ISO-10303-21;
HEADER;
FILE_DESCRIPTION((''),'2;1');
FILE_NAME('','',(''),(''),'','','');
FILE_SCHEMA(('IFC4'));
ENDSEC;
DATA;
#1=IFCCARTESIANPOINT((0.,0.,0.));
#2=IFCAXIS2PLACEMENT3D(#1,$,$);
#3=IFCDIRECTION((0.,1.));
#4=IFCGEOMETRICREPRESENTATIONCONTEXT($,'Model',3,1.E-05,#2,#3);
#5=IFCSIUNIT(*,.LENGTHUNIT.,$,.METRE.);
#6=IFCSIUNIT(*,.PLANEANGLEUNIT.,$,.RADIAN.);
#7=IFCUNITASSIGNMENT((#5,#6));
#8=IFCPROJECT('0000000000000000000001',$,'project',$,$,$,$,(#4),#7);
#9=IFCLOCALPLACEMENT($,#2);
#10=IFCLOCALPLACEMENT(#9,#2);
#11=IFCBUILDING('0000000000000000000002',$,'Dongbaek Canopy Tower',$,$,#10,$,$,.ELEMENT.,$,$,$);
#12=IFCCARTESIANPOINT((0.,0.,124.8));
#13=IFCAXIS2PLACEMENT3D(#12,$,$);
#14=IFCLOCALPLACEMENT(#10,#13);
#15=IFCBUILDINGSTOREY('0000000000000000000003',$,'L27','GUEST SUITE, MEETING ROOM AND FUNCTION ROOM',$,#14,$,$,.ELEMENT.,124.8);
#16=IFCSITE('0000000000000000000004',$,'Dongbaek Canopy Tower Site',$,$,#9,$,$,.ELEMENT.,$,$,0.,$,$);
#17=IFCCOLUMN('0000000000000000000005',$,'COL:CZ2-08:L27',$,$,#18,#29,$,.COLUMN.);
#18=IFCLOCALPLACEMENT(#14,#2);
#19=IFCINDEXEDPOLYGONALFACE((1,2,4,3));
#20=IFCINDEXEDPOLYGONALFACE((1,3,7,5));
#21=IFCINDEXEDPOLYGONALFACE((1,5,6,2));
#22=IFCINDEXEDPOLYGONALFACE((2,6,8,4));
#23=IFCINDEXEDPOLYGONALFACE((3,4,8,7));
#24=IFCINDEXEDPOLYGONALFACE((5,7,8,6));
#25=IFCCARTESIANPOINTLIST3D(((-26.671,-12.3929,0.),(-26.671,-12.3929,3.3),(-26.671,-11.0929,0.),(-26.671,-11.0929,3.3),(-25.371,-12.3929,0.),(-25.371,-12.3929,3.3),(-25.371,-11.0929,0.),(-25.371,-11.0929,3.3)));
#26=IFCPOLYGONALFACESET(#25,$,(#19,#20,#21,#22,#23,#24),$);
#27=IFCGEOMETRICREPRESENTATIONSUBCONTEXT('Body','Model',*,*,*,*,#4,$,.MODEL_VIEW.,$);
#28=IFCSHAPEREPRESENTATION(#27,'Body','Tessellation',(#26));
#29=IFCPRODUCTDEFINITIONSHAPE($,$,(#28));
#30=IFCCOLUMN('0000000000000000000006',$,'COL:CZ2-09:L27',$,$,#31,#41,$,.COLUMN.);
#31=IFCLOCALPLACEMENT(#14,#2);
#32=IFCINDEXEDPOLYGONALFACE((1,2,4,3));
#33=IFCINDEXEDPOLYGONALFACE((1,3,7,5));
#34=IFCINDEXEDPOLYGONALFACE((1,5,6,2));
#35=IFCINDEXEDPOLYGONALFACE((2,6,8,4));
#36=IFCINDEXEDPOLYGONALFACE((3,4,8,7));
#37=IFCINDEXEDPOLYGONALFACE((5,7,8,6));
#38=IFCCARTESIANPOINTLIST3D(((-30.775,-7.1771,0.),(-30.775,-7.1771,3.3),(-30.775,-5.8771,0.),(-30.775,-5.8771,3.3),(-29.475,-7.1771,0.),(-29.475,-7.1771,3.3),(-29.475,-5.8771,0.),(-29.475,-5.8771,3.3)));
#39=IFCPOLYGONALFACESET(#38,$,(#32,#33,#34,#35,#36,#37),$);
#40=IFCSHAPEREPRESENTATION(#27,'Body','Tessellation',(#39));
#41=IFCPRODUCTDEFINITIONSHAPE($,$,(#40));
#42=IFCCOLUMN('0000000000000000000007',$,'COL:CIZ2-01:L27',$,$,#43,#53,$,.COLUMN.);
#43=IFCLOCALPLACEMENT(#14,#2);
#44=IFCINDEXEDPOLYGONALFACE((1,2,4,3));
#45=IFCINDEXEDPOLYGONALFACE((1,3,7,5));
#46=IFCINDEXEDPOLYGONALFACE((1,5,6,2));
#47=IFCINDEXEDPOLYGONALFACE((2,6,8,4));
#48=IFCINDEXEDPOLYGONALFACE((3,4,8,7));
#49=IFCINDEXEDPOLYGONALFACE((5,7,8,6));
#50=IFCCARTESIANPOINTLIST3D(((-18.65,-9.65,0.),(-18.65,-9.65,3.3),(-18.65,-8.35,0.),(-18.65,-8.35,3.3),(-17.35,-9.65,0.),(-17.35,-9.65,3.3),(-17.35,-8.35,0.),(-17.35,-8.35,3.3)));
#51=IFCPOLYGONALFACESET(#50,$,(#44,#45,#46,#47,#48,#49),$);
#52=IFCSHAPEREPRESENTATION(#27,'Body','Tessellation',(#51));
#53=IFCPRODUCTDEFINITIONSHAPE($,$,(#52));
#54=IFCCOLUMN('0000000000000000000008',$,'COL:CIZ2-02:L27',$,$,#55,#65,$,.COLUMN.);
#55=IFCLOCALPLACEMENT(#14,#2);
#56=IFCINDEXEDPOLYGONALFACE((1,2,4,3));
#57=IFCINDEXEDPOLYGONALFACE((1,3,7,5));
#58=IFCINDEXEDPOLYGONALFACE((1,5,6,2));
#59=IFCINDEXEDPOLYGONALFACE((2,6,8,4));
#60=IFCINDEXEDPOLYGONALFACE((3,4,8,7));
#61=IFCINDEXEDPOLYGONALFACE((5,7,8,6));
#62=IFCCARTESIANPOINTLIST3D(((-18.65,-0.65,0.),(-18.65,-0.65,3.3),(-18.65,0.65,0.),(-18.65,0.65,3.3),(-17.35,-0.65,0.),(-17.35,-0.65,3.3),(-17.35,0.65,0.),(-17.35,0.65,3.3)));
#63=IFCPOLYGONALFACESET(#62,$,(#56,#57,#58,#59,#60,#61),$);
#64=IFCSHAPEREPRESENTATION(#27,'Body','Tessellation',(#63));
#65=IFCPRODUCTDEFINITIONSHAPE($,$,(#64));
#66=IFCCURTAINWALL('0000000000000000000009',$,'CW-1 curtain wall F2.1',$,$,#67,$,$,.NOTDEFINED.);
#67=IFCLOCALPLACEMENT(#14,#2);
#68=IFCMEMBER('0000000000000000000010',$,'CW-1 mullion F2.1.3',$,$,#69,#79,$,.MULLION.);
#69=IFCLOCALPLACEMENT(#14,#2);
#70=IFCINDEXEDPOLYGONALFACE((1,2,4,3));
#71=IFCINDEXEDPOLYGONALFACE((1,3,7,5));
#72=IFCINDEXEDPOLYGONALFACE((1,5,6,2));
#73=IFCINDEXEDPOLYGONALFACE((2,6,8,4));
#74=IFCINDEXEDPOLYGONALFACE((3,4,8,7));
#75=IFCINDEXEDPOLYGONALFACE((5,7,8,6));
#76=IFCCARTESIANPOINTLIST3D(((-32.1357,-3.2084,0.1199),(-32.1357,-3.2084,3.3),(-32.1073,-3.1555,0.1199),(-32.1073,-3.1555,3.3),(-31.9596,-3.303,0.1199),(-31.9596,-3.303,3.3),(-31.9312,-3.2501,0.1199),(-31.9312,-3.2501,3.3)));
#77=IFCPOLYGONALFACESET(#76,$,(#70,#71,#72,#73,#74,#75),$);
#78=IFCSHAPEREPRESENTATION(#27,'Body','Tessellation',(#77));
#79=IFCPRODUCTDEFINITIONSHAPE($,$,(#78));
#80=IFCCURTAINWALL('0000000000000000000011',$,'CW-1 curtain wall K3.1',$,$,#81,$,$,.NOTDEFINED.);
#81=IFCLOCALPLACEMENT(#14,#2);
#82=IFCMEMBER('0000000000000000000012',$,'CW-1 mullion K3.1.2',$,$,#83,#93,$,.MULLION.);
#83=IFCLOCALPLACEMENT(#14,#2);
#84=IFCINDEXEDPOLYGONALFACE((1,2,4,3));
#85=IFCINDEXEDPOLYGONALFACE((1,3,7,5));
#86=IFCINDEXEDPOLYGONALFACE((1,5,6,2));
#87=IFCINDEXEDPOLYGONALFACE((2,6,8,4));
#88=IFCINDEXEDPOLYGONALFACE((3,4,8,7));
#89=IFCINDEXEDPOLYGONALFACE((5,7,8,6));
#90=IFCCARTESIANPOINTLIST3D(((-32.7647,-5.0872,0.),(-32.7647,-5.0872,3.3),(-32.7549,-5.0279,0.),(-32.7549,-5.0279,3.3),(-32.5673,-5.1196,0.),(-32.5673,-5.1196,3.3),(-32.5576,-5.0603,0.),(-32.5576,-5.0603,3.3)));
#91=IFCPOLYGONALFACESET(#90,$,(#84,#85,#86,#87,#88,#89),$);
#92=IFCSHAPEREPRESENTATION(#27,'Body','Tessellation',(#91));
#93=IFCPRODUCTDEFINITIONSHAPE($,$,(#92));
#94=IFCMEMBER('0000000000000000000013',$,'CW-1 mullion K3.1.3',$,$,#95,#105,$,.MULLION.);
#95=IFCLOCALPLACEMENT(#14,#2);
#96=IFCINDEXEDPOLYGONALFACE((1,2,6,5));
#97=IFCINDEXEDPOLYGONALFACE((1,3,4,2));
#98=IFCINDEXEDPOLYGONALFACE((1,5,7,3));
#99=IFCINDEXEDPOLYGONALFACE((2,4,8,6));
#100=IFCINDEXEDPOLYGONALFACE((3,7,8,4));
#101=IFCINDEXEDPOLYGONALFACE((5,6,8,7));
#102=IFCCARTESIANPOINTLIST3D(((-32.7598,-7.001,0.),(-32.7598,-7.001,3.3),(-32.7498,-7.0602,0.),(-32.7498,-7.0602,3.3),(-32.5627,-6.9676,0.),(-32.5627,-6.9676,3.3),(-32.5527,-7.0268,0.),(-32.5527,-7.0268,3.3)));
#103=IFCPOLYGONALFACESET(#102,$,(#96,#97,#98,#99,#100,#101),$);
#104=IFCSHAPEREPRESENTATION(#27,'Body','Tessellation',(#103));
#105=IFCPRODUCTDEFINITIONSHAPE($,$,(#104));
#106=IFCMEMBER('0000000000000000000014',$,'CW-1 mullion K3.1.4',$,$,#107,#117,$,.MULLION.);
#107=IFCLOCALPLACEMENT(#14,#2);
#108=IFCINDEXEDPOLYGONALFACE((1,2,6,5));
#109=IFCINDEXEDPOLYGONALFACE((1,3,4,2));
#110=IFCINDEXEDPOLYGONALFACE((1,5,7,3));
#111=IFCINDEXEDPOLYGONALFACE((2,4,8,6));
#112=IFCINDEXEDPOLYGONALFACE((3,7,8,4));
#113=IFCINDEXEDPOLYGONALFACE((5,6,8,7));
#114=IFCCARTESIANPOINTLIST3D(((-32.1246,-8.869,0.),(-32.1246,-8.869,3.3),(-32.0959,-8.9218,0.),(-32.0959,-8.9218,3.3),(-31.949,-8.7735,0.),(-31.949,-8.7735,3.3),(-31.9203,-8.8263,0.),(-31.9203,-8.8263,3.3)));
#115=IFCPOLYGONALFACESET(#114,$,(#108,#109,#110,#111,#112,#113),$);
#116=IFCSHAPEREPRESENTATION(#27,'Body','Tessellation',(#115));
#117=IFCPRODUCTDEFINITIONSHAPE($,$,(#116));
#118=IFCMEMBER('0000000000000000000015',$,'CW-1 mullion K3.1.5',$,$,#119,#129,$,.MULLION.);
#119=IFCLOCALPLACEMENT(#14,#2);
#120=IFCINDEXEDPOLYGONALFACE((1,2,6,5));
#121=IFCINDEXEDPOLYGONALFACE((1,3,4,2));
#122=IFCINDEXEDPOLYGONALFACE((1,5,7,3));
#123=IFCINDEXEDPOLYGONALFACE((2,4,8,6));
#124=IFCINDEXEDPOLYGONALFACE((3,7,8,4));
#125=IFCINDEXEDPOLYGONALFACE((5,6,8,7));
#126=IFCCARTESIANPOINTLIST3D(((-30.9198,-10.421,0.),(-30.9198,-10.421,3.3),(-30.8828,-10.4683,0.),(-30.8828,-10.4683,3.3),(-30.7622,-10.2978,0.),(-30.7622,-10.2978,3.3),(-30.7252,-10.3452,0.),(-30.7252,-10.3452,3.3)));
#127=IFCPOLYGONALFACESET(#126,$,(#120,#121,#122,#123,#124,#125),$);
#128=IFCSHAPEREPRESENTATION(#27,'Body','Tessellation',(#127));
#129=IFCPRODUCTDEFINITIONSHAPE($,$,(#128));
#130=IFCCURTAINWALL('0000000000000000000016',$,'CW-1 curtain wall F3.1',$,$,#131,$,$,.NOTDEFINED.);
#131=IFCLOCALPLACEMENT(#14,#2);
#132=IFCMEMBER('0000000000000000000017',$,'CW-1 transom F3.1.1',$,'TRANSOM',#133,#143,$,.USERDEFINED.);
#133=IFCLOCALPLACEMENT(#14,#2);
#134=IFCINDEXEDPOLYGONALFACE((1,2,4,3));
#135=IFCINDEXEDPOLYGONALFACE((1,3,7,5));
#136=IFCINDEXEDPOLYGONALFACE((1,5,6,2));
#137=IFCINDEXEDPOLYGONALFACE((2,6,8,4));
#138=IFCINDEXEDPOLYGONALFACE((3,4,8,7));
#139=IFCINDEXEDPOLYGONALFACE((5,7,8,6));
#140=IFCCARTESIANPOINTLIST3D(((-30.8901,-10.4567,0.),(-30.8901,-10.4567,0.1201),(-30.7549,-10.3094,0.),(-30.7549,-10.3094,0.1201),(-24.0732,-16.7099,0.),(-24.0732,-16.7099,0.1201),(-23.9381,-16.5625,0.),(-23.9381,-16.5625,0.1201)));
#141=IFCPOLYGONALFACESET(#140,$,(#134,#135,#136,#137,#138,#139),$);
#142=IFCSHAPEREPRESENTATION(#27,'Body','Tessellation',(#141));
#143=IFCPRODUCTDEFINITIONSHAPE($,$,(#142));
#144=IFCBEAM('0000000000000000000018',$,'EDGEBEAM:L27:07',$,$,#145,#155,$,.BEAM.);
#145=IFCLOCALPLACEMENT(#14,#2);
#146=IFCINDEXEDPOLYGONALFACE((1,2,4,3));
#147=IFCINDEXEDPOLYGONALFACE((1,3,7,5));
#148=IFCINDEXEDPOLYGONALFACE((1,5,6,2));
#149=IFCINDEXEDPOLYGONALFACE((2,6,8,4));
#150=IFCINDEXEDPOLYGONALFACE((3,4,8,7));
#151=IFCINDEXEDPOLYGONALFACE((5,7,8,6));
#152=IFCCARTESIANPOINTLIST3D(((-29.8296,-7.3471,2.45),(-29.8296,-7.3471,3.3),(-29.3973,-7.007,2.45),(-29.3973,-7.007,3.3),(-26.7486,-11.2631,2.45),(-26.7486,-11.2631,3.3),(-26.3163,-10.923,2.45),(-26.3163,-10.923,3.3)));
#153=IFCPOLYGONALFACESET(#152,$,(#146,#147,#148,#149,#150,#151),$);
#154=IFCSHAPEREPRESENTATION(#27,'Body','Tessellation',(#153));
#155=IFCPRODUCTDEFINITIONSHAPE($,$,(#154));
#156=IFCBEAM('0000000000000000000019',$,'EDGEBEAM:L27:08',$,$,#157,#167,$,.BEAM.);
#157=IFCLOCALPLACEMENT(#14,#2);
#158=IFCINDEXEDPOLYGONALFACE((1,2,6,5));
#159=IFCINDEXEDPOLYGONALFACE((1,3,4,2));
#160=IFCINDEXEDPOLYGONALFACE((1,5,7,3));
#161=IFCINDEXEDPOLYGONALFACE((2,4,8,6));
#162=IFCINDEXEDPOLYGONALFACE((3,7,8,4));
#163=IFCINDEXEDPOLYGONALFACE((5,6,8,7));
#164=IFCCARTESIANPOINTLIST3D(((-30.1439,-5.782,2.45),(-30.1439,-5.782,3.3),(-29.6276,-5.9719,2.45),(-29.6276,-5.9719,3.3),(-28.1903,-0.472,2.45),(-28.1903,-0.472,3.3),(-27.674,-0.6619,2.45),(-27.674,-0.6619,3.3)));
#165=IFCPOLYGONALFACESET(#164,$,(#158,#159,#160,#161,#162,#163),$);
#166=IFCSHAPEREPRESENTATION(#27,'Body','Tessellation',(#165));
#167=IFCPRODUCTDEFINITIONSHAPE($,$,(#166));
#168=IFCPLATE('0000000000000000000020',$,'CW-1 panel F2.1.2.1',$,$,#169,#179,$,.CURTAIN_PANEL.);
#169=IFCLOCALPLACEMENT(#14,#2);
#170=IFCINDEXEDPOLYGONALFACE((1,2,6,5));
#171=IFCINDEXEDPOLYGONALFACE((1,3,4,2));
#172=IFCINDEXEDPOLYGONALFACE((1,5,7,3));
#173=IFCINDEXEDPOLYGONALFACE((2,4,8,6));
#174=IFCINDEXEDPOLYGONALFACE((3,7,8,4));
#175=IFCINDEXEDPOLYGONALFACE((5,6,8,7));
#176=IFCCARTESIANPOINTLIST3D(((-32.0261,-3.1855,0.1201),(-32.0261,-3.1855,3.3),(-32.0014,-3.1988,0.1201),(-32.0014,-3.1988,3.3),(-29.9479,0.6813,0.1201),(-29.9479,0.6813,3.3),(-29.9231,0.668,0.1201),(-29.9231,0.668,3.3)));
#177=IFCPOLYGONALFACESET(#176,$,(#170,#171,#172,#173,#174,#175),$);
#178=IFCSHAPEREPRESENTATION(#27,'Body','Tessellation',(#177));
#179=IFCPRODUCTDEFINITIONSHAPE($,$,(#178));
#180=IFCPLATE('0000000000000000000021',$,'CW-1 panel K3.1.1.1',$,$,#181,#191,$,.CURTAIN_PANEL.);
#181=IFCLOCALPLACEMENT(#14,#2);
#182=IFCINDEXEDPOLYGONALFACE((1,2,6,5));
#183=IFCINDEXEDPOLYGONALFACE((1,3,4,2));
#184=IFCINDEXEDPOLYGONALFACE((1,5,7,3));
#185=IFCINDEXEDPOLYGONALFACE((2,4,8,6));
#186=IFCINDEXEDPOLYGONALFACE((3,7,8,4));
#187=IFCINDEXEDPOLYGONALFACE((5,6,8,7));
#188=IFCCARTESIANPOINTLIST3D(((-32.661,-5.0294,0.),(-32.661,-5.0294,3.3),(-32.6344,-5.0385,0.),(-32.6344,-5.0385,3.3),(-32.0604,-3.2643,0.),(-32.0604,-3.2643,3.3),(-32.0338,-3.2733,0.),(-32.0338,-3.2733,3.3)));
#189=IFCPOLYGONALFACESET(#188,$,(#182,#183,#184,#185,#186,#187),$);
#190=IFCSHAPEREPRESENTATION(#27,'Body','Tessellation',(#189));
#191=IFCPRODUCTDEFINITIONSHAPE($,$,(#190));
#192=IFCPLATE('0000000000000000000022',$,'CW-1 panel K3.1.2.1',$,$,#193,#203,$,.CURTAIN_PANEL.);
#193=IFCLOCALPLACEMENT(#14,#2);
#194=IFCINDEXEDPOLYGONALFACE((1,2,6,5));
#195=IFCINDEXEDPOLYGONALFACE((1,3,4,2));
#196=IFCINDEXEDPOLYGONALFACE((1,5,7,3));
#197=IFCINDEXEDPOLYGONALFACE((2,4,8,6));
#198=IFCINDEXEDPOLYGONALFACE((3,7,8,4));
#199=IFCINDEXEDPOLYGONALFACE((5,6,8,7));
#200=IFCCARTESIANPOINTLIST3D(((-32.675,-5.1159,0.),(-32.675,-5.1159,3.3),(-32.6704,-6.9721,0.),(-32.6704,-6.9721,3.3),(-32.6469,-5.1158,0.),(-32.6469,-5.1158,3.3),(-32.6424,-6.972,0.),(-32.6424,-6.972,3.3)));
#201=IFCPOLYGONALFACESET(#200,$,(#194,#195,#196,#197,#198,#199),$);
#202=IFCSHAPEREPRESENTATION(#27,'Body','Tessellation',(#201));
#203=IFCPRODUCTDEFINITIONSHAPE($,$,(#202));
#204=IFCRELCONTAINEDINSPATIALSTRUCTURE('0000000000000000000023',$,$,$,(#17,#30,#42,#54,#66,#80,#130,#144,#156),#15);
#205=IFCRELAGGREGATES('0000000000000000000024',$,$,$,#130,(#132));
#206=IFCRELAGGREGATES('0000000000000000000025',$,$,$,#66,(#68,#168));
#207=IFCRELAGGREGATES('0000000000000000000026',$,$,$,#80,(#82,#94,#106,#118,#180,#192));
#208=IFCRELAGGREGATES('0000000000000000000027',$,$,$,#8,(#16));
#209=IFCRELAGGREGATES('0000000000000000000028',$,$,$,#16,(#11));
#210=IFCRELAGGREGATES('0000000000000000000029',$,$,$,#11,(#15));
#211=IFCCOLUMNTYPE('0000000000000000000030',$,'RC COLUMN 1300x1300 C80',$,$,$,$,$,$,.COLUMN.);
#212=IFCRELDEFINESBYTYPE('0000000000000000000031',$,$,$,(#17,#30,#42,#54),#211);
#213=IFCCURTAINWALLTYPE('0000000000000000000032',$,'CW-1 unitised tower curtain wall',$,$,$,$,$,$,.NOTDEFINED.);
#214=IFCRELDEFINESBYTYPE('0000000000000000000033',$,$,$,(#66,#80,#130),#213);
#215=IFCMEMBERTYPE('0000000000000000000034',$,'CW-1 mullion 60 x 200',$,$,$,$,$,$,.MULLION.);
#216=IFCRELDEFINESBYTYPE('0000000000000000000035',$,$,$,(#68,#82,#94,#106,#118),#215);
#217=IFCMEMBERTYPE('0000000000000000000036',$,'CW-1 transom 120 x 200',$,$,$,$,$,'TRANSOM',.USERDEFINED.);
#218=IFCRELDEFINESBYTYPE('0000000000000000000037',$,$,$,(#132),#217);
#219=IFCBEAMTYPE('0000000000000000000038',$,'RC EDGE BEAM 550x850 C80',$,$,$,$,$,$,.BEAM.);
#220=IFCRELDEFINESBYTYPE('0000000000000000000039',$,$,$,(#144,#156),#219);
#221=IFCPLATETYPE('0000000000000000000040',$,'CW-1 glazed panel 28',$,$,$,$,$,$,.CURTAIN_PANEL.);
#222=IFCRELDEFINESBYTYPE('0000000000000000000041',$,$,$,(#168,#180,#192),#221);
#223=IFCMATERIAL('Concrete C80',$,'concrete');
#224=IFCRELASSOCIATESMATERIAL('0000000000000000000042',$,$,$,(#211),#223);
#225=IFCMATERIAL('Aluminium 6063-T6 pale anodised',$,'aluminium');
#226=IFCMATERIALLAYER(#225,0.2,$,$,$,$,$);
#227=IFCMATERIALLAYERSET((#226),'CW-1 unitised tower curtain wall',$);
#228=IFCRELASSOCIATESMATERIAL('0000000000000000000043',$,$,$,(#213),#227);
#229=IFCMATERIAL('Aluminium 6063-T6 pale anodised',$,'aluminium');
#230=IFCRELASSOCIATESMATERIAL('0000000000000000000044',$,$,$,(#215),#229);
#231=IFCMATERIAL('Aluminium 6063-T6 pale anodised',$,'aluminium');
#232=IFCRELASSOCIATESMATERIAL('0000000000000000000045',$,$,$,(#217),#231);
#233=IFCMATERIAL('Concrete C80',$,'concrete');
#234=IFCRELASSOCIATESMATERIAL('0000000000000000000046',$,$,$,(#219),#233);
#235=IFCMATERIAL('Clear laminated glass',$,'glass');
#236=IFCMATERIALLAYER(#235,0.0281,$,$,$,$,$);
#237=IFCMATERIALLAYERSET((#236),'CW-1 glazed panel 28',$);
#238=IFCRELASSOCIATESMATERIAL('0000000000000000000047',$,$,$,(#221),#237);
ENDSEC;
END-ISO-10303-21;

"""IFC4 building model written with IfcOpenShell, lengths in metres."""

from ifc_helpers import new_model, si_unit, direction, frame, origin, origin_2d, place, context, subcontext, project, spatial, rectangle, extrude, material, layer, layer_set, material_profile, profile_set, type_object, element, aggregate, save


model = new_model("IFC4")

# Units and contexts
model_context = context("Model", 3, precision=1e-05, world=origin(), true_north=direction((0.0, 1.0)))
body_context = subcontext(model_context, "Body", "Model", "MODEL_VIEW")
ifc_project = project(units=[si_unit("LENGTHUNIT", "METRE"), si_unit("PLANEANGLEUNIT", "RADIAN")], contexts=[model_context])

# Site, building, storey
site_placement = place(None, origin())
site = spatial("IfcSite", under=ifc_project, at=site_placement, Name="Dongbaek Canopy Tower Site", CompositionType="ELEMENT", RefElevation=0.0)
building_placement = place(site_placement, origin())
building = spatial("IfcBuilding", under=site, at=building_placement, Name="Dongbaek Canopy Tower", CompositionType="ELEMENT")
storey_placement = place(building_placement, frame((0.0, 0.0, 124.8)))
storey = spatial("IfcBuildingStorey", under=building, at=storey_placement, Name="L27", Description="GUEST SUITE, MEETING ROOM AND FUNCTION ROOM", CompositionType="ELEMENT", Elevation=124.8)

# Columns
ifc_material_1 = material(Name="Concrete C80", Category="concrete")
ifc_material_profile_1 = material_profile(ifc_material_1, rectangle(XDim=1.3, YDim=1.3, at=origin_2d()), Name="RC COLUMN 1300x1300 C80")
ifc_profile_set_1 = profile_set([ifc_material_profile_1], Name="Concrete C80")
column_type = type_object("IfcColumnType", Name="RC COLUMN 1300x1300 C80", PredefinedType="COLUMN", material=ifc_profile_set_1)
for number, where, z_axis, x_axis, name in (
    (1, (-26.021, -11.7429, 0.0), (0.0, 0.0, 1.0), (1.0, 0.0, 0.0), "COL:CZ2-08:L27"),
    (2, (-30.125, -6.5271, 0.0), (0.0, 0.0, 1.0), (1.0, 0.0, 0.0), "COL:CZ2-09:L27"),
    (3, (-18.0, -9.0, 0.0), (0.0, 0.0, 1.0), (1.0, 0.0, 0.0), "COL:CIZ2-01:L27"),
    (4, (-18.0, 0.0, 0.0), (0.0, 0.0, 1.0), (1.0, 0.0, 0.0), "COL:CIZ2-02:L27"),
):
    element("IfcColumn", number, at=place(storey_placement, frame(where, z_axis=z_axis, x_axis=x_axis)), inside=storey, type_object=column_type, Name=name, PredefinedType="COLUMN", context=body_context, shape_type="SweptSolid", body=[
        extrude(rectangle(XDim=1.3, YDim=1.3, at=origin_2d()), origin(), (0.0, 0.0, 1.0), 3.3),
    ])

# Curtain wall, member
ifc_material_2 = material(Name="Aluminium 6063-T6 pale anodised", Category="aluminium")
ifc_layer_1 = layer(ifc_material_2, 0.2)
ifc_layer_set_1 = layer_set([ifc_layer_1], Name="CW-1 unitised tower curtain wall")
curtain_wall_type = type_object("IfcCurtainWallType", Name="CW-1 unitised tower curtain wall", PredefinedType="NOTDEFINED", material=ifc_layer_set_1)
curtain_wall_1_placement = place(storey_placement, origin())
curtain_wall_1 = element("IfcCurtainWall", 5, at=curtain_wall_1_placement, inside=storey, type_object=curtain_wall_type, Name="CW-1 curtain wall F2.1", PredefinedType="NOTDEFINED")
ifc_material_3 = material(Name="Aluminium 6063-T6 pale anodised", Category="aluminium")
ifc_material_profile_2 = material_profile(ifc_material_3, rectangle(XDim=0.2, YDim=0.0601, at=origin_2d()), Name="CW-1 mullion 60 x 200")
ifc_profile_set_2 = profile_set([ifc_material_profile_2], Name="Aluminium 6063-T6 pale anodised")
member_type_1 = type_object("IfcMemberType", Name="CW-1 mullion 60 x 200", PredefinedType="MULLION", material=ifc_profile_set_2)
member_1_placement = place(storey_placement, frame((-32.0334, -3.2292, 0.1199), z_axis=(0.0, 0.0, 1.0), x_axis=(-0.880843, 0.473409, 0.0)))
member_1 = element("IfcMember", 6, at=member_1_placement, type_object=member_type_1, Name="CW-1 mullion F2.1.3", PredefinedType="MULLION", context=body_context, shape_type="SweptSolid", body=[
    extrude(rectangle(XDim=0.2, YDim=0.0601, at=origin_2d()), origin(), (0.0, 0.0, 1.0), 3.1802),
])

# Curtain wall, members
curtain_wall_2_placement = place(storey_placement, origin())
curtain_wall_2 = element("IfcCurtainWall", 7, at=curtain_wall_2_placement, inside=storey, type_object=curtain_wall_type, Name="CW-1 curtain wall K3.1", PredefinedType="NOTDEFINED")
member_2_placement = place(storey_placement, frame((-32.6611, -5.0737, 0.0), z_axis=(0.0, 0.0, 1.0), x_axis=(-0.986787, 0.162025, 0.0)))
member_2 = element("IfcMember", 8, at=member_2_placement, type_object=member_type_1, Name="CW-1 mullion K3.1.2", PredefinedType="MULLION", context=body_context, shape_type="SweptSolid", body=[
    extrude(rectangle(XDim=0.2, YDim=0.0601, at=origin_2d()), origin(), (0.0, 0.0, 1.0), 3.3),
])
member_3_placement = place(storey_placement, frame((-32.6562, -7.0139, 0.0), z_axis=(0.0, 0.0, 1.0), x_axis=(-0.985976, -0.166888, 0.0)))
member_3 = element("IfcMember", 9, at=member_3_placement, type_object=member_type_1, Name="CW-1 mullion K3.1.3", PredefinedType="MULLION", context=body_context, shape_type="SweptSolid", body=[
    extrude(rectangle(XDim=0.2, YDim=0.0601, at=origin_2d()), origin(), (0.0, 0.0, 1.0), 3.3),
])
member_4_placement = place(storey_placement, frame((-32.0225, -8.8477, 0.0), z_axis=(0.0, 0.0, 1.0), x_axis=(-0.878498, -0.477746, 0.0)))
member_4 = element("IfcMember", 10, at=member_4_placement, type_object=member_type_1, Name="CW-1 mullion K3.1.4", PredefinedType="MULLION", context=body_context, shape_type="SweptSolid", body=[
    extrude(rectangle(XDim=0.2, YDim=0.0601, at=origin_2d()), origin(), (0.0, 0.0, 1.0), 3.3),
])
member_5_placement = place(storey_placement, frame((-30.8225, -10.3831, 0.0), z_axis=(0.0, 0.0, 1.0), x_axis=(-0.787968, -0.615716, 0.0)))
member_5 = element("IfcMember", 11, at=member_5_placement, type_object=member_type_1, Name="CW-1 mullion K3.1.5", PredefinedType="MULLION", context=body_context, shape_type="SweptSolid", body=[
    extrude(rectangle(XDim=0.2, YDim=0.0601, at=origin_2d()), origin(), (0.0, 0.0, 1.0), 3.3),
])

# Curtain wall, member
curtain_wall_3_placement = place(storey_placement, origin())
curtain_wall_3 = element("IfcCurtainWall", 12, at=curtain_wall_3_placement, inside=storey, type_object=curtain_wall_type, Name="CW-1 curtain wall F3.1", PredefinedType="NOTDEFINED")
ifc_material_4 = material(Name="Aluminium 6063-T6 pale anodised", Category="aluminium")
ifc_material_profile_3 = material_profile(ifc_material_4, rectangle(XDim=0.2, YDim=0.1201, at=origin_2d()), Name="CW-1 transom 120 x 200")
ifc_profile_set_3 = profile_set([ifc_material_profile_3], Name="Aluminium 6063-T6 pale anodised")
member_type_2 = type_object("IfcMemberType", Name="CW-1 transom 120 x 200", ElementType="TRANSOM", PredefinedType="USERDEFINED", material=ifc_profile_set_3)
member_6_placement = place(storey_placement, frame((-30.8225, -10.3831, 0.0601), z_axis=(0.73692, -0.67598, 0.0), x_axis=(0.67598, 0.73692, 0.0)))
member_6 = element("IfcMember", 13, at=member_6_placement, type_object=member_type_2, Name="CW-1 transom F3.1.1", ObjectType="TRANSOM", PredefinedType="USERDEFINED", context=body_context, shape_type="SweptSolid", body=[
    extrude(rectangle(XDim=0.2, YDim=0.1201, at=origin_2d()), origin(), (0.0, 0.0, 1.0), 9.2505),
])

# Beams
ifc_material_5 = material(Name="Concrete C80", Category="concrete")
ifc_material_profile_4 = material_profile(ifc_material_5, rectangle(XDim=0.55, YDim=0.8501, at=origin_2d()), Name="RC EDGE BEAM 550x850 C80")
ifc_profile_set_4 = profile_set([ifc_material_profile_4], Name="Concrete C80")
beam_type = type_object("IfcBeamType", Name="RC EDGE BEAM 550x850 C80", PredefinedType="BEAM", material=ifc_profile_set_4)
beam_1_placement = place(storey_placement, frame((-26.5325, -11.093, 2.875), z_axis=(-0.618341, 0.78591, 0.0), x_axis=(-0.78591, -0.618341, 0.0)))
element("IfcBeam", 14, at=beam_1_placement, inside=storey, type_object=beam_type, Name="EDGEBEAM:L27:07", PredefinedType="BEAM", context=body_context, shape_type="SweptSolid", body=[
    extrude(rectangle(XDim=0.55, YDim=0.8501, at=origin_2d()), origin(), (0.0, 0.0, 1.0), 4.9827),
])
beam_2_placement = place(storey_placement, frame((-29.8857, -5.877, 2.875), z_axis=(0.345281, 0.938499, 0.0), x_axis=(-0.938499, 0.345281, 0.0)))
element("IfcBeam", 15, at=beam_2_placement, inside=storey, type_object=beam_type, Name="EDGEBEAM:L27:08", PredefinedType="BEAM", context=body_context, shape_type="SweptSolid", body=[
    extrude(rectangle(XDim=0.55, YDim=0.8501, at=origin_2d()), origin(), (0.0, 0.0, 1.0), 5.658),
])

# Plates
ifc_material_6 = material(Name="Clear laminated glass", Category="glass")
ifc_layer_2 = layer(ifc_material_6, 0.0281)
ifc_layer_set_2 = layer_set([ifc_layer_2], Name="CW-1 glazed panel 28")
plate_type = type_object("IfcPlateType", Name="CW-1 glazed panel 28", PredefinedType="CURTAIN_PANEL", material=ifc_layer_set_2)
plate_1_placement = place(storey_placement, frame((-30.9746, -1.2588, 0.1201), z_axis=(0.0, 0.0, 1.0), x_axis=(-0.473409, -0.880843, 0.0)))
plate_1 = element("IfcPlate", 16, at=plate_1_placement, type_object=plate_type, Name="CW-1 panel F2.1.2.1", PredefinedType="CURTAIN_PANEL", context=body_context, shape_type="SweptSolid", body=[
    extrude(rectangle(XDim=4.3899, YDim=0.0281, at=origin_2d()), origin(), (0.0, 0.0, 1.0), 3.1799),
])
plate_2_placement = place(storey_placement, frame((-32.3474, -4.1514, 0.0), z_axis=(0.0, 0.0, 1.0), x_axis=(-0.322102, -0.946705, 0.0)))
plate_2 = element("IfcPlate", 17, at=plate_2_placement, type_object=plate_type, Name="CW-1 panel K3.1.1.1", PredefinedType="CURTAIN_PANEL", context=body_context, shape_type="SweptSolid", body=[
    extrude(rectangle(XDim=1.8645, YDim=0.0281, at=origin_2d()), origin(), (0.0, 0.0, 1.0), 3.3),
])
plate_3_placement = place(storey_placement, frame((-32.6587, -6.0439, 0.0), z_axis=(0.0, 0.0, 1.0), x_axis=(0.002465, -0.999997, 0.0)))
plate_3 = element("IfcPlate", 18, at=plate_3_placement, type_object=plate_type, Name="CW-1 panel K3.1.2.1", PredefinedType="CURTAIN_PANEL", context=body_context, shape_type="SweptSolid", body=[
    extrude(rectangle(XDim=1.8562, YDim=0.0281, at=origin_2d()), origin(), (0.0, 0.0, 1.0), 3.3),
])
aggregate(curtain_wall_3, [member_6])

aggregate(curtain_wall_1, [member_1, plate_1])
aggregate(curtain_wall_2, [member_2, member_3, member_4, member_5, plate_2, plate_3])

save(model, "model.ifc")
